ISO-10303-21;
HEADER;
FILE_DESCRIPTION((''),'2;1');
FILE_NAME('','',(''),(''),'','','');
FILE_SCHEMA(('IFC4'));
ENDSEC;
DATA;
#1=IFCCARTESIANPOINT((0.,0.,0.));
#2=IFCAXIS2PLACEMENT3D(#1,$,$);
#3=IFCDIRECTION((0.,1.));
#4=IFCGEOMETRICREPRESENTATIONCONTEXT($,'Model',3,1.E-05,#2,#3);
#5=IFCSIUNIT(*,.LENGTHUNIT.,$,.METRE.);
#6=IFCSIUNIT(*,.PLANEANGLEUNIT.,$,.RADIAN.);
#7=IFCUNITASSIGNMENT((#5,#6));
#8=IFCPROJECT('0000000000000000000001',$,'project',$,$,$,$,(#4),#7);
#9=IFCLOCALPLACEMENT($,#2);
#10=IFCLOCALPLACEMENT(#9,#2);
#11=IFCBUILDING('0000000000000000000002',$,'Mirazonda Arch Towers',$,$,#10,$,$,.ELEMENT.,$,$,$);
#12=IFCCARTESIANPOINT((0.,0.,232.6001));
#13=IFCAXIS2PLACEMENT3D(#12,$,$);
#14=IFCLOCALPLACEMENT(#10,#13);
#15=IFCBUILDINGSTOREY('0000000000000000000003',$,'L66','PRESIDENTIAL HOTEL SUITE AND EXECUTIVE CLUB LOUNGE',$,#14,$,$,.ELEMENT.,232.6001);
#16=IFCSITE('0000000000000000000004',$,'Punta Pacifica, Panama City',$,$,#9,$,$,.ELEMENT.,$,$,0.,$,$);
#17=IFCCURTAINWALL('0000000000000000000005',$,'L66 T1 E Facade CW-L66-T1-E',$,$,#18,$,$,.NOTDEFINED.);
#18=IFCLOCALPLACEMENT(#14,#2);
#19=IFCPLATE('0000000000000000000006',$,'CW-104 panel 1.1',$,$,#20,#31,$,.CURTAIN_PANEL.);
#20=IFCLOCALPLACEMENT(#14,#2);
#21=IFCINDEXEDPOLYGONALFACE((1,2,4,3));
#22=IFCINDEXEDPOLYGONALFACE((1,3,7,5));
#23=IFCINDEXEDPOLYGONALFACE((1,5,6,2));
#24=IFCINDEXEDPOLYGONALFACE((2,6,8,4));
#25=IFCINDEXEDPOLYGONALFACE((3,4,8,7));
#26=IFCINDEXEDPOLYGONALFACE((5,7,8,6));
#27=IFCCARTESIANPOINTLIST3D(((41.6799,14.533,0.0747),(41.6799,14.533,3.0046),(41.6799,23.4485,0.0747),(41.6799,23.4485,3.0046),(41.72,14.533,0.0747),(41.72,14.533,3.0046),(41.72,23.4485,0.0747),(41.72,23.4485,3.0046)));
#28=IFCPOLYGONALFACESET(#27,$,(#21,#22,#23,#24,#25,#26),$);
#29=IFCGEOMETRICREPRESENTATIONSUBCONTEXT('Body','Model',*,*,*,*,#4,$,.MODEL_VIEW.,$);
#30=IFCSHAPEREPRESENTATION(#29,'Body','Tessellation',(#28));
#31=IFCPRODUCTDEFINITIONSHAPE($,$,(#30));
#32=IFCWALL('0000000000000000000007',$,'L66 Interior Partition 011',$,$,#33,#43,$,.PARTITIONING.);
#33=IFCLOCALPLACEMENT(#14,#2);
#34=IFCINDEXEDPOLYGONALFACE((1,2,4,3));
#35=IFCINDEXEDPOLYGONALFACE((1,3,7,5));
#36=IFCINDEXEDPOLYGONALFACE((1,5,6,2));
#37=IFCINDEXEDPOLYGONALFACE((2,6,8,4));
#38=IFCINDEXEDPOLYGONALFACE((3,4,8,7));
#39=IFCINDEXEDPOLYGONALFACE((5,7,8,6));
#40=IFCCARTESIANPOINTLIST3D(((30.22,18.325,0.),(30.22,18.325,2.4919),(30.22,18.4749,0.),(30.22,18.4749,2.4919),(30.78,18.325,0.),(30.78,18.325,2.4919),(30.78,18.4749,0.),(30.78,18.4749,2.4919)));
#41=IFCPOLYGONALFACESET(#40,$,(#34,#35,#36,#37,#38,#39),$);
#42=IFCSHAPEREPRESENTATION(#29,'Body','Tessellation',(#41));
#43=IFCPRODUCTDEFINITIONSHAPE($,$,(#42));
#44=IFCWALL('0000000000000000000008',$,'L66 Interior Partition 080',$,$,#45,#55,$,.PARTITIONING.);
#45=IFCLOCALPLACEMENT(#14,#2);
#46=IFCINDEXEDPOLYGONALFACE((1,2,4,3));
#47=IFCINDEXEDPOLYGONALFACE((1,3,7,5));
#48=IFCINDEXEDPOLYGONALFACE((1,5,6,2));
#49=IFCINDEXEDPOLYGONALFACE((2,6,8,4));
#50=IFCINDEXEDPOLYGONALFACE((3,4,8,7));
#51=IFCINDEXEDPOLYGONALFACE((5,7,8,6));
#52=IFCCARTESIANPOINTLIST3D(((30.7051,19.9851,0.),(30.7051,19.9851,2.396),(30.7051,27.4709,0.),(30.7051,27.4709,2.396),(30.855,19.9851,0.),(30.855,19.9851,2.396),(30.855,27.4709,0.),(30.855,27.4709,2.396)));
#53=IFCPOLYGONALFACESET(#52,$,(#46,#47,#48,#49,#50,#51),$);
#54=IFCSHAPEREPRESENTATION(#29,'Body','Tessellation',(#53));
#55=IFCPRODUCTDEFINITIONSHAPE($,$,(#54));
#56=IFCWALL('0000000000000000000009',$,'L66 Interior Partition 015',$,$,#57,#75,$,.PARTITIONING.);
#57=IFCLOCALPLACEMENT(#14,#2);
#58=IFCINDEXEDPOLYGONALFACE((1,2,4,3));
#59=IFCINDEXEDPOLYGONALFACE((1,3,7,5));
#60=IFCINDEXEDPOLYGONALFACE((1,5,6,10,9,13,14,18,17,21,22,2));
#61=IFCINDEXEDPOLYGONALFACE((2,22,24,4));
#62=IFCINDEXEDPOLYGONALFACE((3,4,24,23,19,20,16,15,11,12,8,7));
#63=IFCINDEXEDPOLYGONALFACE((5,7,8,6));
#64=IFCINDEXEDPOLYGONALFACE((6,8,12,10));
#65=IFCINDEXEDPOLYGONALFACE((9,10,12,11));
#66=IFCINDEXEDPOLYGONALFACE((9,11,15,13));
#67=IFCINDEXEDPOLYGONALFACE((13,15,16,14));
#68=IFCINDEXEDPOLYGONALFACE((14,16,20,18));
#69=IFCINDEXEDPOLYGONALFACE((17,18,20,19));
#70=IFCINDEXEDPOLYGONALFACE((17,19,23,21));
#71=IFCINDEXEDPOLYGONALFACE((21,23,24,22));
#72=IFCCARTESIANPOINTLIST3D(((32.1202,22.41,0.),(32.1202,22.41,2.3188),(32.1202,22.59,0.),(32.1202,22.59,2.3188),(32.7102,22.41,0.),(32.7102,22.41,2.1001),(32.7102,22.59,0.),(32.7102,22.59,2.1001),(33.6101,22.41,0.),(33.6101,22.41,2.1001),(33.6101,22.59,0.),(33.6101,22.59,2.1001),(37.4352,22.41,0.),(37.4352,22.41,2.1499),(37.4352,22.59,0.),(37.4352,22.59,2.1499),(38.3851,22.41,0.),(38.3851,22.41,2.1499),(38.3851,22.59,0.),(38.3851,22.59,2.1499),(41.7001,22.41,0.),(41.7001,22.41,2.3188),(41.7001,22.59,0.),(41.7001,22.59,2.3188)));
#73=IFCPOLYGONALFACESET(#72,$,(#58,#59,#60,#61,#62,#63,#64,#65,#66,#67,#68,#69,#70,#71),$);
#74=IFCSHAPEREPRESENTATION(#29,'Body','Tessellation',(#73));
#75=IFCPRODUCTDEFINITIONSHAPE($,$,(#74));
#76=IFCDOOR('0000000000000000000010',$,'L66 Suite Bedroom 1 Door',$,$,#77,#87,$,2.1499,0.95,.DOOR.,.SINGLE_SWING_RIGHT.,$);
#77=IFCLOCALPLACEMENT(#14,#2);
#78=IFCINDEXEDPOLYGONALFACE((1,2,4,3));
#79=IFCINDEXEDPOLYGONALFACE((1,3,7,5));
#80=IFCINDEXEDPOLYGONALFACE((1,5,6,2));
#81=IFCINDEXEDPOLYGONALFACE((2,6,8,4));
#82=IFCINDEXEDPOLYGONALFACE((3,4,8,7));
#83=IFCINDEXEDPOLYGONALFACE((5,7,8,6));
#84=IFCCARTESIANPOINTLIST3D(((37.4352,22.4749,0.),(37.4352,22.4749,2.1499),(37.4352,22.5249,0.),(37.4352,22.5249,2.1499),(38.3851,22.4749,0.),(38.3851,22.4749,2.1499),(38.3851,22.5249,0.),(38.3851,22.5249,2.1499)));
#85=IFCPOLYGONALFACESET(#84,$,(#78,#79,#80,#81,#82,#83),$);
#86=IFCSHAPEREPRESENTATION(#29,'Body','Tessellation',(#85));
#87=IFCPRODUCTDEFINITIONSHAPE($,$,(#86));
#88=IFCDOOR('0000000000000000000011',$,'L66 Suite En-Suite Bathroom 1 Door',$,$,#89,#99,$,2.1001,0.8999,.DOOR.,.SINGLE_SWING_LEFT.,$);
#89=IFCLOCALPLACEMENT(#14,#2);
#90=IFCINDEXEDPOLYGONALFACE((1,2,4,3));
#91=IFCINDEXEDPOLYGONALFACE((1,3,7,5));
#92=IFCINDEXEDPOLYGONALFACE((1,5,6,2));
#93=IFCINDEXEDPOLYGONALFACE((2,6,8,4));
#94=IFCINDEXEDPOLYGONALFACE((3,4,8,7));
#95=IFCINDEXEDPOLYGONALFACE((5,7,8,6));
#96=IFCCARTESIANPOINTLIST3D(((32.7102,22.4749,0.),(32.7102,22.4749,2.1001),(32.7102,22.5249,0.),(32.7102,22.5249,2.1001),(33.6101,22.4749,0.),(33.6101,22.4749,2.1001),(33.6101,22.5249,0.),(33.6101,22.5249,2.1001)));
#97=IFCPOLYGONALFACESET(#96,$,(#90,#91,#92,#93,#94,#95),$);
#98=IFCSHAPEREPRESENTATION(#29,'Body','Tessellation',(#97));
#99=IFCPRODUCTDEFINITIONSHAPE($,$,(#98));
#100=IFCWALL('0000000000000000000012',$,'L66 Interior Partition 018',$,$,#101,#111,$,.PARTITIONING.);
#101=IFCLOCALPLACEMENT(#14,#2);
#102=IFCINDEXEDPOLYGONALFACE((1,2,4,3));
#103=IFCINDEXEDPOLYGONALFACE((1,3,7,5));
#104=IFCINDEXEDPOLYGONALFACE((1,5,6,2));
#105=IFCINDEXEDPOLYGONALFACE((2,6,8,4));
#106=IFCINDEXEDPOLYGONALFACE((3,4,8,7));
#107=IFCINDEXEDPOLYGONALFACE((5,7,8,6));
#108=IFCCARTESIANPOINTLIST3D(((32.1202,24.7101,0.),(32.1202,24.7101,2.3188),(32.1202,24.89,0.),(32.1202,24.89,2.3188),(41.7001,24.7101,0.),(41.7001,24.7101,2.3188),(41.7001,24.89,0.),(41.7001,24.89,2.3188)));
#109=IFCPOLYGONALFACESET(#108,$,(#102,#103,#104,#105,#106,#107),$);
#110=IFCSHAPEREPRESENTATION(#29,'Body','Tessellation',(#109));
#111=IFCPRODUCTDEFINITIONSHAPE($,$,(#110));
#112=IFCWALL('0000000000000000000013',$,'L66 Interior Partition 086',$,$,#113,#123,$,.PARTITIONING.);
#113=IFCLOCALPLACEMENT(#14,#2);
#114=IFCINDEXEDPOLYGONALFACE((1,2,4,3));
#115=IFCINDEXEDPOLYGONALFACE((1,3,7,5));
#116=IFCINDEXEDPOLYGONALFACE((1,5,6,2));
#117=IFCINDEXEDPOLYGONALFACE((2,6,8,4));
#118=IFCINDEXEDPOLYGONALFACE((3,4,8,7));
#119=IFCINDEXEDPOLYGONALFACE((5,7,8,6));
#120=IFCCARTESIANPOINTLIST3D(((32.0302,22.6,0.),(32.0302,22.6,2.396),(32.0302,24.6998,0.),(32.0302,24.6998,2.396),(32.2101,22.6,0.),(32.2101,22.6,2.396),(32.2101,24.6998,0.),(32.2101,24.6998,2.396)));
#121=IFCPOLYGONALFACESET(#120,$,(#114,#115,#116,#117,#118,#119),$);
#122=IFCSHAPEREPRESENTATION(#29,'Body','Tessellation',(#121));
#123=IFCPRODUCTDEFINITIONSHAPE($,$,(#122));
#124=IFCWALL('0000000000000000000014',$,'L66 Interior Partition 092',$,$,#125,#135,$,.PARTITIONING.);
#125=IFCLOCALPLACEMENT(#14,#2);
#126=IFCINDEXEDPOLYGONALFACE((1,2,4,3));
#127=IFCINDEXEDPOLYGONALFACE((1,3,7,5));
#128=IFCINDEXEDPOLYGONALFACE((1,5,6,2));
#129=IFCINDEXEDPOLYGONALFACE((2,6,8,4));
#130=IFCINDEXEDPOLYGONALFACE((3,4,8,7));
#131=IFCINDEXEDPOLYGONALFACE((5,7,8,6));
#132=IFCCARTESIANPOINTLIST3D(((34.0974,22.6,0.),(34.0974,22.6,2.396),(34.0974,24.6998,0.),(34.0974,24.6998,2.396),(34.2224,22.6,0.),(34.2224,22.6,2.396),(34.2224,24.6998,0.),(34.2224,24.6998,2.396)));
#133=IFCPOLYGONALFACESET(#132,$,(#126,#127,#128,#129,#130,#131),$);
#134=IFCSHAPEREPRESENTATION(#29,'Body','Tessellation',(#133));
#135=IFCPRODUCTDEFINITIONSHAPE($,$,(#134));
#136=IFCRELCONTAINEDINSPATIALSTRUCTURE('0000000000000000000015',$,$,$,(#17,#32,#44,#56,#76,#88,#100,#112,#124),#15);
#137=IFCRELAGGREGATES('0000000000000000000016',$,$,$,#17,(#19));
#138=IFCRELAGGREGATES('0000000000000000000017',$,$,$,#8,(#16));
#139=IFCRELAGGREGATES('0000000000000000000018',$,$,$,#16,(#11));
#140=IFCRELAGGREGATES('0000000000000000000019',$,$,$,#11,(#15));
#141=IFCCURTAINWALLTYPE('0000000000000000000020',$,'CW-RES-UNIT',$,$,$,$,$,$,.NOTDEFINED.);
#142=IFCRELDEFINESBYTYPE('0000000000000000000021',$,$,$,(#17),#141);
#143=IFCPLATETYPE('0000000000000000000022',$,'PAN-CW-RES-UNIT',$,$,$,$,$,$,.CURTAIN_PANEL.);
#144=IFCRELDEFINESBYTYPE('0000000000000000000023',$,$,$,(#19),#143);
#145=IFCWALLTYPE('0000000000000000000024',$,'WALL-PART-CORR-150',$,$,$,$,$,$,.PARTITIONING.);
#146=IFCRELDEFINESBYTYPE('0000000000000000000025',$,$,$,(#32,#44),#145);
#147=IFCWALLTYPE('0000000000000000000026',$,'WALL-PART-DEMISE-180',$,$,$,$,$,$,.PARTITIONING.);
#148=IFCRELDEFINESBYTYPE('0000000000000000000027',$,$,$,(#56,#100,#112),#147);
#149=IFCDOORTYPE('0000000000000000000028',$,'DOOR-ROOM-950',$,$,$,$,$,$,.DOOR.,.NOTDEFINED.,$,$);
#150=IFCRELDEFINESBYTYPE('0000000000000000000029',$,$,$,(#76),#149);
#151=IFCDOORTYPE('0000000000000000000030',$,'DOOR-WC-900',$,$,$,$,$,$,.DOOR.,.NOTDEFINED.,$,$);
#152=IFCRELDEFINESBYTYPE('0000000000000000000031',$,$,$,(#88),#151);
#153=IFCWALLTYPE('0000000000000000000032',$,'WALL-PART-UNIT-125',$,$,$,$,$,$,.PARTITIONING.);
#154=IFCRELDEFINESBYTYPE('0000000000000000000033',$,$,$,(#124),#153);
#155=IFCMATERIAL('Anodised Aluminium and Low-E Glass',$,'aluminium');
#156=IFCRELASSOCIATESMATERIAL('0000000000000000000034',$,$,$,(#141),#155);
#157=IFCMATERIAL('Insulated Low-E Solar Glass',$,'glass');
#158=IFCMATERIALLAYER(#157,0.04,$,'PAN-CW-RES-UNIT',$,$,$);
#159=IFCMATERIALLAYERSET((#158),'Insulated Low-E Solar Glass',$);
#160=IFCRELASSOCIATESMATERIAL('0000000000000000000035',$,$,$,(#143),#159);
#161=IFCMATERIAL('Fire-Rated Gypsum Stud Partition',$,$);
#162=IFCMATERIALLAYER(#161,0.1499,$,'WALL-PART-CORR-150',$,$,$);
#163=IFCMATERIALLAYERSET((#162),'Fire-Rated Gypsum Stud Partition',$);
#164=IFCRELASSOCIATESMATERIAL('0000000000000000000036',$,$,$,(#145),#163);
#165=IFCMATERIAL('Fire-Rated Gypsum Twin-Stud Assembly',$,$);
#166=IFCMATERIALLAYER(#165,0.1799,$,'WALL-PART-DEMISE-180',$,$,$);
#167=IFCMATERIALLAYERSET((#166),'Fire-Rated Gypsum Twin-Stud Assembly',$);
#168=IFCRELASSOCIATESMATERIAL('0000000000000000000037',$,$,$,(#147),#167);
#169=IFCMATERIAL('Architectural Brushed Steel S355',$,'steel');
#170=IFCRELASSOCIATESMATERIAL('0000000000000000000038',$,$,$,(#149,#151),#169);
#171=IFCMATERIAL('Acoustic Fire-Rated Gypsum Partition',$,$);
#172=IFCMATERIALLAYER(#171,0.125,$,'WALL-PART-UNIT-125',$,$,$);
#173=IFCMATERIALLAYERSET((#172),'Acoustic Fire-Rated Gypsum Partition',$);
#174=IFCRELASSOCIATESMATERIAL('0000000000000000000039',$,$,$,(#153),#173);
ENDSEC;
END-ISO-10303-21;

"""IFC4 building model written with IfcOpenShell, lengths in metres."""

from ifc_helpers import new_model, si_unit, direction, frame, frame_2d, origin, origin_2d, place, context, subcontext, project, spatial, rectangle, extrude, material, layer, layer_set, type_object, element, fill, aggregate, save


model = new_model("IFC4")

# Units and contexts
model_context = context("Model", 3, precision=1e-05, world=origin(), true_north=direction((0.0, 1.0)))
body_context = subcontext(model_context, "Body", "Model", "MODEL_VIEW")
ifc_project = project(units=[si_unit("LENGTHUNIT", "METRE"), si_unit("PLANEANGLEUNIT", "RADIAN")], contexts=[model_context])

# Site, building, storey
site_placement = place(None, origin())
site = spatial("IfcSite", under=ifc_project, at=site_placement, Name="Punta Pacifica, Panama City", CompositionType="ELEMENT", RefElevation=0.0)
building_placement = place(site_placement, origin())
building = spatial("IfcBuilding", under=site, at=building_placement, Name="Mirazonda Arch Towers", CompositionType="ELEMENT")
storey_placement = place(building_placement, frame((0.0, 0.0, 232.6001)))
storey = spatial("IfcBuildingStorey", under=building, at=storey_placement, Name="L66", Description="PRESIDENTIAL HOTEL SUITE AND EXECUTIVE CLUB LOUNGE", CompositionType="ELEMENT", Elevation=232.6001)

# Curtain wall, plate
ifc_material_1 = material(Name="Anodised Aluminium and Low-E Glass", Category="aluminium")
curtain_wall_type = type_object("IfcCurtainWallType", Name="CW-RES-UNIT", PredefinedType="NOTDEFINED", material=ifc_material_1)
curtain_wall_placement = place(storey_placement, origin())
curtain_wall = element("IfcCurtainWall", 1, at=curtain_wall_placement, inside=storey, type_object=curtain_wall_type, Name="L66 T1 E Facade CW-L66-T1-E", PredefinedType="NOTDEFINED")
ifc_material_2 = material(Name="Insulated Low-E Solar Glass", Category="glass")
ifc_layer_1 = layer(ifc_material_2, 0.04, Name="PAN-CW-RES-UNIT")
ifc_layer_set_1 = layer_set([ifc_layer_1], Name="Insulated Low-E Solar Glass")
plate_type = type_object("IfcPlateType", Name="PAN-CW-RES-UNIT", PredefinedType="CURTAIN_PANEL", material=ifc_layer_set_1)
plate_placement = place(storey_placement, frame((41.7, 18.9907, 0.0747), z_axis=(0.0, 0.0, 1.0), x_axis=(0.0, 1.0, 0.0)))
plate = element("IfcPlate", 2, at=plate_placement, type_object=plate_type, Name="CW-104 panel 1.1", PredefinedType="CURTAIN_PANEL", context=body_context, shape_type="SweptSolid", body=[
    extrude(rectangle(XDim=8.9155, YDim=0.04, at=origin_2d()), origin(), (0.0, 0.0, 1.0), 2.9299),
])
aggregate(curtain_wall, [plate])

# Walls
ifc_material_3 = material(Name="Fire-Rated Gypsum Stud Partition")
ifc_layer_2 = layer(ifc_material_3, 0.1499, Name="WALL-PART-CORR-150")
ifc_layer_set_2 = layer_set([ifc_layer_2], Name="Fire-Rated Gypsum Stud Partition")
wall_type_1 = type_object("IfcWallType", Name="WALL-PART-CORR-150", PredefinedType="PARTITIONING", material=ifc_layer_set_2)
wall_1_placement = place(storey_placement, frame((30.22, 18.3999, 0.0), z_axis=(0.0, 0.0, 1.0), x_axis=(1.0, 0.0, 0.0)))
element("IfcWall", 3, at=wall_1_placement, inside=storey, type_object=wall_type_1, Name="L66 Interior Partition 011", PredefinedType="PARTITIONING", context=body_context, shape_type="SweptSolid", body=[
    extrude(rectangle(XDim=0.5601, YDim=0.1499, at=frame_2d((0.28, 0.0))), origin(), (0.0, 0.0, 1.0), 2.4919),
])
wall_2_placement = place(storey_placement, frame((30.78, 19.9851, 0.0), z_axis=(0.0, 0.0, 1.0), x_axis=(0.0, 1.0, 0.0)))
element("IfcWall", 4, at=wall_2_placement, inside=storey, type_object=wall_type_1, Name="L66 Interior Partition 080", PredefinedType="PARTITIONING", context=body_context, shape_type="SweptSolid", body=[
    extrude(rectangle(XDim=7.4858, YDim=0.1499, at=frame_2d((3.7429, 0.0))), origin(), (0.0, 0.0, 1.0), 2.396),
])

# Wall, openings, doors
ifc_material_4 = material(Name="Fire-Rated Gypsum Twin-Stud Assembly")
ifc_layer_3 = layer(ifc_material_4, 0.1799, Name="WALL-PART-DEMISE-180")
ifc_layer_set_3 = layer_set([ifc_layer_3], Name="Fire-Rated Gypsum Twin-Stud Assembly")
wall_type_2 = type_object("IfcWallType", Name="WALL-PART-DEMISE-180", PredefinedType="PARTITIONING", material=ifc_layer_set_3)
wall_3_placement = place(storey_placement, frame((32.1201, 22.5, 0.0), z_axis=(0.0, 0.0, 1.0), x_axis=(1.0, 0.0, 0.0)))
wall_3 = element("IfcWall", 5, at=wall_3_placement, inside=storey, type_object=wall_type_2, Name="L66 Interior Partition 015", PredefinedType="PARTITIONING", context=body_context, shape_type="SweptSolid", body=[
    extrude(rectangle(XDim=9.5798, YDim=0.1799, at=frame_2d((4.79, 0.0))), origin(), (0.0, 0.0, 1.0), 2.3188),
])
opening_1_placement = place(wall_3_placement, frame((5.3149, 0.0, 0.0)))
opening_1 = element("IfcOpeningElement", 6, at=opening_1_placement, cuts=wall_3, PredefinedType="OPENING", context=body_context, shape_type="SweptSolid", body=[
    extrude(rectangle(XDim=0.95, YDim=2.1499, at=frame_2d((0.4751, 1.075))), frame((0.0, 0.0999, 0.0), z_axis=(0.0, -1.0, 0.0), x_axis=(1.0, 0.0, 0.0)), (0.0, 0.0, 1.0), 0.2),
])
opening_2_placement = place(wall_3_placement, frame((0.5901, 0.0, 0.0)))
opening_2 = element("IfcOpeningElement", 7, at=opening_2_placement, cuts=wall_3, PredefinedType="OPENING", context=body_context, shape_type="SweptSolid", body=[
    extrude(rectangle(XDim=0.8999, YDim=2.1001, at=frame_2d((0.45, 1.05))), frame((0.0, 0.0999, 0.0), z_axis=(0.0, -1.0, 0.0), x_axis=(1.0, 0.0, 0.0)), (0.0, 0.0, 1.0), 0.2),
])
ifc_material_5 = material(Name="Architectural Brushed Steel S355", Category="steel")
door_type_1 = type_object("IfcDoorType", Name="DOOR-ROOM-950", OperationType="NOTDEFINED", PredefinedType="DOOR", material=ifc_material_5)
door_1_placement = place(opening_1_placement, origin())
door_1 = element("IfcDoor", 8, at=door_1_placement, inside=storey, type_object=door_type_1, Name="L66 Suite Bedroom 1 Door", OperationType="SINGLE_SWING_RIGHT", OverallHeight=2.1499, OverallWidth=0.95, PredefinedType="DOOR", context=body_context, shape_type="SweptSolid", body=[
    extrude(rectangle(XDim=0.95, YDim=2.1499, at=frame_2d((0.4751, 1.075))), frame((0.0, 0.0249, 0.0), z_axis=(0.0, -1.0, 0.0), x_axis=(1.0, 0.0, 0.0)), (0.0, 0.0, 1.0), 0.05),
])
fill(opening_1, door_1)
door_type_2 = type_object("IfcDoorType", Name="DOOR-WC-900", OperationType="NOTDEFINED", PredefinedType="DOOR", material=ifc_material_5)
door_2_placement = place(opening_2_placement, origin())
door_2 = element("IfcDoor", 9, at=door_2_placement, inside=storey, type_object=door_type_2, Name="L66 Suite En-Suite Bathroom 1 Door", OperationType="SINGLE_SWING_LEFT", OverallHeight=2.1001, OverallWidth=0.8999, PredefinedType="DOOR", context=body_context, shape_type="SweptSolid", body=[
    extrude(rectangle(XDim=0.8999, YDim=2.1001, at=frame_2d((0.45, 1.05))), frame((0.0, 0.0249, 0.0), z_axis=(0.0, -1.0, 0.0), x_axis=(1.0, 0.0, 0.0)), (0.0, 0.0, 1.0), 0.05),
])
fill(opening_2, door_2)

# Walls
wall_4_placement = place(storey_placement, frame((32.1201, 24.8, 0.0), z_axis=(0.0, 0.0, 1.0), x_axis=(1.0, 0.0, 0.0)))
element("IfcWall", 10, at=wall_4_placement, inside=storey, type_object=wall_type_2, Name="L66 Interior Partition 018", PredefinedType="PARTITIONING", context=body_context, shape_type="SweptSolid", body=[
    extrude(rectangle(XDim=9.5798, YDim=0.1799, at=frame_2d((4.79, 0.0))), origin(), (0.0, 0.0, 1.0), 2.3188),
])
wall_5_placement = place(storey_placement, frame((32.1201, 22.6001, 0.0), z_axis=(0.0, 0.0, 1.0), x_axis=(0.0, 1.0, 0.0)))
element("IfcWall", 11, at=wall_5_placement, inside=storey, type_object=wall_type_2, Name="L66 Interior Partition 086", PredefinedType="PARTITIONING", context=body_context, shape_type="SweptSolid", body=[
    extrude(rectangle(XDim=2.0999, YDim=0.1799, at=frame_2d((1.0498, 0.0))), origin(), (0.0, 0.0, 1.0), 2.396),
])
ifc_material_6 = material(Name="Acoustic Fire-Rated Gypsum Partition")
ifc_layer_4 = layer(ifc_material_6, 0.125, Name="WALL-PART-UNIT-125")
ifc_layer_set_4 = layer_set([ifc_layer_4], Name="Acoustic Fire-Rated Gypsum Partition")
wall_type_3 = type_object("IfcWallType", Name="WALL-PART-UNIT-125", PredefinedType="PARTITIONING", material=ifc_layer_set_4)
wall_6_placement = place(storey_placement, frame((34.1599, 22.6001, 0.0), z_axis=(0.0, 0.0, 1.0), x_axis=(0.0, 1.0, 0.0)))
element("IfcWall", 12, at=wall_6_placement, inside=storey, type_object=wall_type_3, Name="L66 Interior Partition 092", PredefinedType="PARTITIONING", context=body_context, shape_type="SweptSolid", body=[
    extrude(rectangle(XDim=2.0999, YDim=0.125, at=frame_2d((1.0498, 0.0))), origin(), (0.0, 0.0, 1.0), 2.396),
])

save(model, "model.ifc")
